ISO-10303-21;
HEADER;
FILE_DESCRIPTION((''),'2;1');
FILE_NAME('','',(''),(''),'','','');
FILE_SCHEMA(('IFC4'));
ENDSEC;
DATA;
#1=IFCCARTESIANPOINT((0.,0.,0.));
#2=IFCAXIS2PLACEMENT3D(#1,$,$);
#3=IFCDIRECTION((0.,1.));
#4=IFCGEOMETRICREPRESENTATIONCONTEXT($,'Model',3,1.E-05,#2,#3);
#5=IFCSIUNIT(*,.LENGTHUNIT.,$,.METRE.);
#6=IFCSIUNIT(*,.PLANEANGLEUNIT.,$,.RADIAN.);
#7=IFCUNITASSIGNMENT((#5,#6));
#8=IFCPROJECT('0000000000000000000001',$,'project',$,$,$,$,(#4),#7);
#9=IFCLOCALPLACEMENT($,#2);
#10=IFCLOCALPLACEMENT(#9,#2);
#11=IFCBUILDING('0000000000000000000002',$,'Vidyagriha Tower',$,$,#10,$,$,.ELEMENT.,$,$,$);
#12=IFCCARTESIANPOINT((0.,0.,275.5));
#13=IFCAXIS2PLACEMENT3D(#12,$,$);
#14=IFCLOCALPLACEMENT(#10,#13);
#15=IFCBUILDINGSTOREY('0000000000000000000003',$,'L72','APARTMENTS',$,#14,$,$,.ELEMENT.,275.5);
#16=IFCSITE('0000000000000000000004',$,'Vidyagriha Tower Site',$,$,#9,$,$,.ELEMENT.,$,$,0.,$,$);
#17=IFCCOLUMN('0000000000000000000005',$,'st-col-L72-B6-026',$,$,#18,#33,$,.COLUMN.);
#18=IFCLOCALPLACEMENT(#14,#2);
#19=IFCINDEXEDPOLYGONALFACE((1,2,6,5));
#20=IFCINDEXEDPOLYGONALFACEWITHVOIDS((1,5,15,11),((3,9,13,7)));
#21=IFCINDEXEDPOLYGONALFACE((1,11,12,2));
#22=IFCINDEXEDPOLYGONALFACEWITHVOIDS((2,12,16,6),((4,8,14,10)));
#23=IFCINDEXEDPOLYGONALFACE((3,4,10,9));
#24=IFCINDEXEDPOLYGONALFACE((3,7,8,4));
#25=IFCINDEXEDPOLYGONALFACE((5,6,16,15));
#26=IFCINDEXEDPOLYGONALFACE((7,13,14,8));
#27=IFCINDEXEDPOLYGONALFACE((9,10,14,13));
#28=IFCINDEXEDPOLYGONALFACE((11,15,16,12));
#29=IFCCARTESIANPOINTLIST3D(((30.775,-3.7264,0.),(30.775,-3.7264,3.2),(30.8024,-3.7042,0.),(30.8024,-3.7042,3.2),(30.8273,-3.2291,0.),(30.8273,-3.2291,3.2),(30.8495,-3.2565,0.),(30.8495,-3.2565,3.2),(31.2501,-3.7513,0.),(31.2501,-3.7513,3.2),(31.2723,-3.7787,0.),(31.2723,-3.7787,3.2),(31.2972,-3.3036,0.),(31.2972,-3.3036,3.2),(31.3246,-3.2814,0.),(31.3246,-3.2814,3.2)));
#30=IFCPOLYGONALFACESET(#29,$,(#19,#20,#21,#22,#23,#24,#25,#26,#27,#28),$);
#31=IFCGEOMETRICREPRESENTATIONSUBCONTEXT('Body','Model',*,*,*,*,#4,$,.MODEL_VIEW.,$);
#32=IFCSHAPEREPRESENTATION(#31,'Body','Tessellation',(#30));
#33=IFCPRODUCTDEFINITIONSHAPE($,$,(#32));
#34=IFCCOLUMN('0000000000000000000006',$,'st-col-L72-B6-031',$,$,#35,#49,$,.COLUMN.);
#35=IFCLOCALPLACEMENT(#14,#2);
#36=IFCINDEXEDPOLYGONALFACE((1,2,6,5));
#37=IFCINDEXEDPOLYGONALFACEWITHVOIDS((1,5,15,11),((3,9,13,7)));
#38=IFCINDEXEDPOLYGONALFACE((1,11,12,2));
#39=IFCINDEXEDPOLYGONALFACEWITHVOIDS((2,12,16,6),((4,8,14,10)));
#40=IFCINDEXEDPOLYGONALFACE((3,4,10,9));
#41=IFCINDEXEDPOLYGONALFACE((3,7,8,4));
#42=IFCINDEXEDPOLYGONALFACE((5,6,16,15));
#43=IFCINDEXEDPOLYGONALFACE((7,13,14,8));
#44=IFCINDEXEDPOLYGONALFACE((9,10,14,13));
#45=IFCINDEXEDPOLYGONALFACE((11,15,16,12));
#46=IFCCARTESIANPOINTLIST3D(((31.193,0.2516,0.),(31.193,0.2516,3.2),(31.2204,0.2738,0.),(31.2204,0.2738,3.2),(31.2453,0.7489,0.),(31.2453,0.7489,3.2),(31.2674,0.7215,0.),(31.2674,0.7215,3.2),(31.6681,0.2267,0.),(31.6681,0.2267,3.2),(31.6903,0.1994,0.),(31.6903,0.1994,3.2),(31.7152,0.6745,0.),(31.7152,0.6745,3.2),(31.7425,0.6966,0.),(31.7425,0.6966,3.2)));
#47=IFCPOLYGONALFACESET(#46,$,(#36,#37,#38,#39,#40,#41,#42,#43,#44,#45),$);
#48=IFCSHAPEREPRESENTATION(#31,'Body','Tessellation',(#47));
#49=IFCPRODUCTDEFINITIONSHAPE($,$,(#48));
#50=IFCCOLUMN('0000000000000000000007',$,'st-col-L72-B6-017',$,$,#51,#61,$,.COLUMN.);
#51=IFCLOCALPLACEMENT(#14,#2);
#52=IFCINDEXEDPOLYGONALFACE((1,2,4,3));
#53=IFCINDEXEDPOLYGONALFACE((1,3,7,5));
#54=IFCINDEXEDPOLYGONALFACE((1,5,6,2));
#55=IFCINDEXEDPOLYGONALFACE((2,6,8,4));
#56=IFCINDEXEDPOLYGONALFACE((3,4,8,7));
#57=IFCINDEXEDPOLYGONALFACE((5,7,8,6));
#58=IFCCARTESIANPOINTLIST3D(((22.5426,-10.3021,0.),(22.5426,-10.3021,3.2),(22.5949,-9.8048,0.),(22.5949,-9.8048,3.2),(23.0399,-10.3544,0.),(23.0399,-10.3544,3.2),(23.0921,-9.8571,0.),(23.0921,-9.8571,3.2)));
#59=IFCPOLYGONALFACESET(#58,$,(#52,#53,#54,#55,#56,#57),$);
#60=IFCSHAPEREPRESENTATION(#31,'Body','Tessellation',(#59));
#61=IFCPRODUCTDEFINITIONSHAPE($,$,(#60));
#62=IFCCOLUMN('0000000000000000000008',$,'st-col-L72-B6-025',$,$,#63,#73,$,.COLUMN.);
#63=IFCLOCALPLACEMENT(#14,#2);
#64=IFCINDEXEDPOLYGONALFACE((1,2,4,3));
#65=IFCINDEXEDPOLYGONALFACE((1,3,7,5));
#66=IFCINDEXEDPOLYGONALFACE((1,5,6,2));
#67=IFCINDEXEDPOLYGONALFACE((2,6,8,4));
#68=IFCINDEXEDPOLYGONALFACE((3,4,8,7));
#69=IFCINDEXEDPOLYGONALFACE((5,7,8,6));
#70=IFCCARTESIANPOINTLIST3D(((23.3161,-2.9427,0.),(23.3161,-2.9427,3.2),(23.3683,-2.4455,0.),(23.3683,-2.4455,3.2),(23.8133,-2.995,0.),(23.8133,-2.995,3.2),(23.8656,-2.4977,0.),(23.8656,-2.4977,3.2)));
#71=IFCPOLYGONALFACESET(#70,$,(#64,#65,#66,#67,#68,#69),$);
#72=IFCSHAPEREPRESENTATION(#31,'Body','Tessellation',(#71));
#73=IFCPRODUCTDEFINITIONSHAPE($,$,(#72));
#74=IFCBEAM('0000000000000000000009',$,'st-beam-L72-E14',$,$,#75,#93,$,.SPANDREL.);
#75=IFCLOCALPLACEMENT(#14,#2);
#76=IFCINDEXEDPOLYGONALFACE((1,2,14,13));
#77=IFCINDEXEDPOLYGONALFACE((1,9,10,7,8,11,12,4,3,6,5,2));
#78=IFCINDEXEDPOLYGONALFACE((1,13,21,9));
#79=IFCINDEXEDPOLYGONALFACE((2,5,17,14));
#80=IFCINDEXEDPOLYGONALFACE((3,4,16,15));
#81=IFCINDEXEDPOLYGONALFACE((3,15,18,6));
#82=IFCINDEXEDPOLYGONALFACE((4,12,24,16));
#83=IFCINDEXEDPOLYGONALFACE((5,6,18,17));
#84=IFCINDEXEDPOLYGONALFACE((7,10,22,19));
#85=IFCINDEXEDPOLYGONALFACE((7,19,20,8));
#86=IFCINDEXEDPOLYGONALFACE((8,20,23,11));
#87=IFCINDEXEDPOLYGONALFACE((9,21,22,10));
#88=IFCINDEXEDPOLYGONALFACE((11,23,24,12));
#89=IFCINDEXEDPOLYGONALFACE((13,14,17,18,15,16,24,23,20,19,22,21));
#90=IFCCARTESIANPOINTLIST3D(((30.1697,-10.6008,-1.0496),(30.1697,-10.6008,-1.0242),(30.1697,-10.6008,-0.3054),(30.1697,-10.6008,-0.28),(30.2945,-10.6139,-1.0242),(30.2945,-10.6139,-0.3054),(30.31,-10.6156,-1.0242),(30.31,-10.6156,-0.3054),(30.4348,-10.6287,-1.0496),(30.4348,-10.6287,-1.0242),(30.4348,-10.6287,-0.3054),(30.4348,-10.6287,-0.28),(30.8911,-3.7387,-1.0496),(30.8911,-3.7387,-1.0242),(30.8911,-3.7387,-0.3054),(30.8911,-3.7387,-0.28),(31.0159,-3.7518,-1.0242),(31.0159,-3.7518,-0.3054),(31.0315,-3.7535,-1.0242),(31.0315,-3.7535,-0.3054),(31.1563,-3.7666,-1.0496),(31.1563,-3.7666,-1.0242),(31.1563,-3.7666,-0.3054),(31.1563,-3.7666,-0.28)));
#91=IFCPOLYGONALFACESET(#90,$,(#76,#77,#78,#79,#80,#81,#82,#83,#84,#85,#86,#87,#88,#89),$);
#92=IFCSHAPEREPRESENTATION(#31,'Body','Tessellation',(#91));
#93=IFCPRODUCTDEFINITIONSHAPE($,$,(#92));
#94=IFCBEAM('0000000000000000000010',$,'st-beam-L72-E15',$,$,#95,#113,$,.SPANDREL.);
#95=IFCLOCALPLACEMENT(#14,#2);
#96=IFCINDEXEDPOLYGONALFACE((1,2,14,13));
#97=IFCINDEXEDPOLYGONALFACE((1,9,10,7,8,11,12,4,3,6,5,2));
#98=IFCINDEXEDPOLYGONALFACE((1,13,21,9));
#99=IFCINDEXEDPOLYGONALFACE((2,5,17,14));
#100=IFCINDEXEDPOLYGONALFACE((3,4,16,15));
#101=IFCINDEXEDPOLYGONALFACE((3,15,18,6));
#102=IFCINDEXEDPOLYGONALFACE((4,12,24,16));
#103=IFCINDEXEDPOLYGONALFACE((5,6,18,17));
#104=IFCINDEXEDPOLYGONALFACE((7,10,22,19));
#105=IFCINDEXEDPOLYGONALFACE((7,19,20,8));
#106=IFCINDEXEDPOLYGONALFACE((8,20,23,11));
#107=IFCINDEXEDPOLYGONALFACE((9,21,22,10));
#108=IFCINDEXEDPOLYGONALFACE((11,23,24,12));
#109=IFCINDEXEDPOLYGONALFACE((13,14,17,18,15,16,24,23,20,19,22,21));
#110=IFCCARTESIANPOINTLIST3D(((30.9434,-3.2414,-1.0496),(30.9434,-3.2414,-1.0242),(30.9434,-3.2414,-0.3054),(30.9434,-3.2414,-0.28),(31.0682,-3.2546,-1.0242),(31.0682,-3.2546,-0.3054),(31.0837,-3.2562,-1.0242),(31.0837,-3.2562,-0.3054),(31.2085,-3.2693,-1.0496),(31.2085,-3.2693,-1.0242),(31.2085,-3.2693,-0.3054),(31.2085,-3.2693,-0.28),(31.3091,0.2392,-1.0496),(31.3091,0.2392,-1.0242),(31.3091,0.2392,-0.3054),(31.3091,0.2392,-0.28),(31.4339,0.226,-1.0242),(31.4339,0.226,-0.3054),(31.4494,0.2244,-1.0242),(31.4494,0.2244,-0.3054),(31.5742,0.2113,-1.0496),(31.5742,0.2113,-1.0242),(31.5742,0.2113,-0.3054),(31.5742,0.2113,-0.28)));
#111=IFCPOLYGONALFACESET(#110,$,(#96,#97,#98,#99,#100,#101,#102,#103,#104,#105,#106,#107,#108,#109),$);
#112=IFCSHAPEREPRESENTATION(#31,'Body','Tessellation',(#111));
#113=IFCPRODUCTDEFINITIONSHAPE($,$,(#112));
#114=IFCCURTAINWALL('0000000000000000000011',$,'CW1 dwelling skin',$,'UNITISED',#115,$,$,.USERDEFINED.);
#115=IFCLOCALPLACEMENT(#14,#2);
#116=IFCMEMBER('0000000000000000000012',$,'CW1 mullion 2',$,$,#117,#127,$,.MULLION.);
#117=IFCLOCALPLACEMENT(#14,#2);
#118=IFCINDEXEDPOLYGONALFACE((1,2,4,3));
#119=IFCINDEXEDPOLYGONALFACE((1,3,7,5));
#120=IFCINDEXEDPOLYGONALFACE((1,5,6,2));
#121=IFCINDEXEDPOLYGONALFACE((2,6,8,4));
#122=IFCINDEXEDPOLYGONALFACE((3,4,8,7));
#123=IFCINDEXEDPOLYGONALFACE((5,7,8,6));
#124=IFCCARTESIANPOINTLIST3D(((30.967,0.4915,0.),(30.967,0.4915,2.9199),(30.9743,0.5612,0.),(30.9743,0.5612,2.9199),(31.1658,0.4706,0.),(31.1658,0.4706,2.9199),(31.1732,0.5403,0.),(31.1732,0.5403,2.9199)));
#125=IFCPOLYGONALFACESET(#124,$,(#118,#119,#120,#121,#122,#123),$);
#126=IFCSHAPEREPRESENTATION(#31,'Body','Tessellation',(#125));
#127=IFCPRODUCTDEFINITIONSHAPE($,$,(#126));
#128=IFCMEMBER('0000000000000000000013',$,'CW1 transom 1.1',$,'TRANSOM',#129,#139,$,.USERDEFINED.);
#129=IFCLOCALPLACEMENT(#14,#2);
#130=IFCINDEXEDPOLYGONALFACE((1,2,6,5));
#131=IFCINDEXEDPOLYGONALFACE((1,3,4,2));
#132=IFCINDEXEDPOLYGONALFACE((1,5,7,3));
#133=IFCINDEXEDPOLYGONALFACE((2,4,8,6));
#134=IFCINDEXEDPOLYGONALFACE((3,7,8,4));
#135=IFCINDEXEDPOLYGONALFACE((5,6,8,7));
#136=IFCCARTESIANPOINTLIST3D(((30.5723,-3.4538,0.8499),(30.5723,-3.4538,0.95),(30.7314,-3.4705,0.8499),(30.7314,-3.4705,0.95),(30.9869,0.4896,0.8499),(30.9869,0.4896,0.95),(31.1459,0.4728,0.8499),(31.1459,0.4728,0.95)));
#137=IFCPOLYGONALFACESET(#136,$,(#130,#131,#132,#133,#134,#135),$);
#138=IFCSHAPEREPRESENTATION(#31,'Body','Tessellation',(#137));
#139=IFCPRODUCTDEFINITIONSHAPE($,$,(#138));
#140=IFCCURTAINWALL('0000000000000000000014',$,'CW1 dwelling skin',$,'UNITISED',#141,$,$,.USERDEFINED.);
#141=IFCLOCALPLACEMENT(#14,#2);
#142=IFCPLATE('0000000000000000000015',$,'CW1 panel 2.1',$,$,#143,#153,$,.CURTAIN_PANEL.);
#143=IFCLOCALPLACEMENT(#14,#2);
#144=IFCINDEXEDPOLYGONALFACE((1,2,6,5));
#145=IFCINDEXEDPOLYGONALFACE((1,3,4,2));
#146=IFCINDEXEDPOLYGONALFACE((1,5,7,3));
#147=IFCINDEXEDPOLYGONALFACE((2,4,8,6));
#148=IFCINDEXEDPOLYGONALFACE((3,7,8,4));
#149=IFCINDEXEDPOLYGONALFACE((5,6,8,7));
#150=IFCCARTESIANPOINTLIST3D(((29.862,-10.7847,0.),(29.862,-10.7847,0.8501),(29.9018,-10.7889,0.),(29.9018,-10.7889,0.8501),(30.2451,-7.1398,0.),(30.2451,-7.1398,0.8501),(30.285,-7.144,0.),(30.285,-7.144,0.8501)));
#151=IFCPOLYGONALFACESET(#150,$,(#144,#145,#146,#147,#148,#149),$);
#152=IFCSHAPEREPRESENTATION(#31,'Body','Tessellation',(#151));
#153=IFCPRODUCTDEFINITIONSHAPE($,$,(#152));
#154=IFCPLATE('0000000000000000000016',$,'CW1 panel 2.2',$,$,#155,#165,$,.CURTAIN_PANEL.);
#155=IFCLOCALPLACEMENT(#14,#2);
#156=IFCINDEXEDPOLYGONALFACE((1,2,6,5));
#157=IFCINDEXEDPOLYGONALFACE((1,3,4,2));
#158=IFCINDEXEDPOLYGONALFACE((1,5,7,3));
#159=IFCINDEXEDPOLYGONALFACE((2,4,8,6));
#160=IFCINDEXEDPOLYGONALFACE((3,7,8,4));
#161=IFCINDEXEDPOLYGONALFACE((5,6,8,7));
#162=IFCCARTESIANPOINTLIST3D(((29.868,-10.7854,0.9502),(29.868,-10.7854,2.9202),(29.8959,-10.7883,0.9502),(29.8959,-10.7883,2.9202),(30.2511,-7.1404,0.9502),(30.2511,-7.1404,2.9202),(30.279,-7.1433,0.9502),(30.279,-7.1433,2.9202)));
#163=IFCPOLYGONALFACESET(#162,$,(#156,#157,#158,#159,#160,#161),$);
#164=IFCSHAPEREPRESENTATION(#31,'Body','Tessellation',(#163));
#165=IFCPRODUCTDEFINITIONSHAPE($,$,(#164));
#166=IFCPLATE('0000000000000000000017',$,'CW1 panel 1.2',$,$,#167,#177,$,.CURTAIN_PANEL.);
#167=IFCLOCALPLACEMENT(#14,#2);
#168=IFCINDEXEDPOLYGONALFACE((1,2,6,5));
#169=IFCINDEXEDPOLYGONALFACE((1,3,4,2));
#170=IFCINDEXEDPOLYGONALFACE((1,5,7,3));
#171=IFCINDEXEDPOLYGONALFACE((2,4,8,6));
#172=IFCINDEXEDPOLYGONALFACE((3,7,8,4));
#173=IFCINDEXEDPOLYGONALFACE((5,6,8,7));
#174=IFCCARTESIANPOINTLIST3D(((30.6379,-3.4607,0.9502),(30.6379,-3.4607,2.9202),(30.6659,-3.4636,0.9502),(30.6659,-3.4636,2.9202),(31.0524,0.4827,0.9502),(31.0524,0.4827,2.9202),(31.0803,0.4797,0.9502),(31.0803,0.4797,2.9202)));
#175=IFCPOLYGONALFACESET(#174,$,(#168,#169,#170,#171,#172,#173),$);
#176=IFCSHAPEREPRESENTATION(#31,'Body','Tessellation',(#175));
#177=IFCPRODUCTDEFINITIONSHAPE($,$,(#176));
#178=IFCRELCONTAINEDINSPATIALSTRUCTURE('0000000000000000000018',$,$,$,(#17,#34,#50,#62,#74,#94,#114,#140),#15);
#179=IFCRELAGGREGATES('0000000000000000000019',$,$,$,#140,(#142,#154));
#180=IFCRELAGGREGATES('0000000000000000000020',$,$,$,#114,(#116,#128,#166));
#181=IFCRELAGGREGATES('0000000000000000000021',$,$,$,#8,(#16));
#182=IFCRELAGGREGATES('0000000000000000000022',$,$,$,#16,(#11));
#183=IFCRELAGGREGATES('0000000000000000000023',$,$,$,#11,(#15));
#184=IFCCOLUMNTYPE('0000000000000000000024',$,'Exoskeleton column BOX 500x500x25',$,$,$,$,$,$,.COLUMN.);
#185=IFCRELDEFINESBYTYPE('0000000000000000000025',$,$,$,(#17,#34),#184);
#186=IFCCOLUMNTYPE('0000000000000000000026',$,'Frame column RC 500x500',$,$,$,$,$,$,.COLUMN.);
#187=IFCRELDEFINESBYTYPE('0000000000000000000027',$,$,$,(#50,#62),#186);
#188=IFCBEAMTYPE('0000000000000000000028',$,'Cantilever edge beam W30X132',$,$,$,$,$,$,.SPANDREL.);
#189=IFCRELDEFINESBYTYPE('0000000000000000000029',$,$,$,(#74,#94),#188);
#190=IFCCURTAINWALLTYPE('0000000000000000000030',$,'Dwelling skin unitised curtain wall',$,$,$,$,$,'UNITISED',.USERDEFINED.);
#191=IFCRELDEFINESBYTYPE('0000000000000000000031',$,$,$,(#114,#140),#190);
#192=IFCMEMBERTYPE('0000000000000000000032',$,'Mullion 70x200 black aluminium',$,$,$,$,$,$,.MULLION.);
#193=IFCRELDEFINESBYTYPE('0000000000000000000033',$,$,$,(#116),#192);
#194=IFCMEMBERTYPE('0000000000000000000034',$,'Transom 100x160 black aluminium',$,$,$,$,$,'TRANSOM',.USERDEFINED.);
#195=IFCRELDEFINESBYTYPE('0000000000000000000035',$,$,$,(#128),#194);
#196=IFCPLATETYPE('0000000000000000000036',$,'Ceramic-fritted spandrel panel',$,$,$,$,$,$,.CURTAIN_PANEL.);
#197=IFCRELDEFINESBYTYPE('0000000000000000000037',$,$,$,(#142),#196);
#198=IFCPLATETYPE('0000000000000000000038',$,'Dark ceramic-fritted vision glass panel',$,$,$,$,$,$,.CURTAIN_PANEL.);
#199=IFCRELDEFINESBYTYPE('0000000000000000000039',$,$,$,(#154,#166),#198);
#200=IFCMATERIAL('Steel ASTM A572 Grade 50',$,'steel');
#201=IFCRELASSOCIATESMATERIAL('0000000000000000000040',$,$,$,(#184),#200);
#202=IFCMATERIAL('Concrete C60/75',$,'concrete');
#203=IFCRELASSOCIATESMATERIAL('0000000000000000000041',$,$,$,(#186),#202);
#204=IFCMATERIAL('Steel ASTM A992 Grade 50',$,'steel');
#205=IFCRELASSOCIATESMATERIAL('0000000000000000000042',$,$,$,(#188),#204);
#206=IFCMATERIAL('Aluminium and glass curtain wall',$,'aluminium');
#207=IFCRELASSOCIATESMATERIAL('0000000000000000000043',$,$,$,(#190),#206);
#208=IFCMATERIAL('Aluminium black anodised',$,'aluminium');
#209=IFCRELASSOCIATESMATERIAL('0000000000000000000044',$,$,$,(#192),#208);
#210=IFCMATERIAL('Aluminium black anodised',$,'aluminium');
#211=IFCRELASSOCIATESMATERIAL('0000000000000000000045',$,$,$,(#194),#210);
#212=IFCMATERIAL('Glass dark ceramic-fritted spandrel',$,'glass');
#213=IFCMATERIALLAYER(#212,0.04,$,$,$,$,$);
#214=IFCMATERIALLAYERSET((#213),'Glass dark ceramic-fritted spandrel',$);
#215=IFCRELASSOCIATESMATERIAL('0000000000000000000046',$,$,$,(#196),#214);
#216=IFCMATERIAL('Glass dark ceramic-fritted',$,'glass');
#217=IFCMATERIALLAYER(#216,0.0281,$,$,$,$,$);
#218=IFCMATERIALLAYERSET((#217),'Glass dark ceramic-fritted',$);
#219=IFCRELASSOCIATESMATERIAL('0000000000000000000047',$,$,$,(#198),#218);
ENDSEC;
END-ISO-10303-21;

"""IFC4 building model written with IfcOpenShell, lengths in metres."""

from ifc_helpers import new_model, si_unit, direction, frame, origin, origin_2d, place, context, subcontext, project, spatial, rectangle, hollow_rectangle, i_section, extrude, material, layer, layer_set, material_profile, profile_set, type_object, element, aggregate, save


model = new_model("IFC4")

# Units and contexts
model_context = context("Model", 3, precision=1e-05, world=origin(), true_north=direction((0.0, 1.0)))
body_context = subcontext(model_context, "Body", "Model", "MODEL_VIEW")
ifc_project = project(units=[si_unit("LENGTHUNIT", "METRE"), si_unit("PLANEANGLEUNIT", "RADIAN")], contexts=[model_context])

# Site, building, storey
site_placement = place(None, origin())
site = spatial("IfcSite", under=ifc_project, at=site_placement, Name="Vidyagriha Tower Site", CompositionType="ELEMENT", RefElevation=0.0)
building_placement = place(site_placement, origin())
building = spatial("IfcBuilding", under=site, at=building_placement, Name="Vidyagriha Tower", CompositionType="ELEMENT")
storey_placement = place(building_placement, frame((0.0, 0.0, 275.5)))
storey = spatial("IfcBuildingStorey", under=building, at=storey_placement, Name="L72", Description="APARTMENTS", CompositionType="ELEMENT", Elevation=275.5)

# Columns
ifc_material_1 = material(Name="Steel ASTM A572 Grade 50", Category="steel")
ifc_material_profile_1 = material_profile(ifc_material_1, hollow_rectangle(XDim=0.5, YDim=0.5, WallThickness=0.0249, at=origin_2d()), Name="BOX 500x500x25")
ifc_profile_set_1 = profile_set([ifc_material_profile_1], Name="Steel ASTM A572 Grade 50")
column_type_1 = type_object("IfcColumnType", Name="Exoskeleton column BOX 500x500x25", PredefinedType="COLUMN", material=ifc_profile_set_1)
for number, where, z_axis, x_axis, name in (
    (1, (31.0498, -3.5039, 0.0), (0.0, 0.0, 1.0), (0.994522, -0.104528, 0.0), "st-col-L72-B6-026"),
    (2, (31.4678, 0.4741, 0.0), (0.0, 0.0, 1.0), (0.994522, -0.104528, 0.0), "st-col-L72-B6-031"),
):
    element("IfcColumn", number, at=place(storey_placement, frame(where, z_axis=z_axis, x_axis=x_axis)), inside=storey, type_object=column_type_1, Name=name, PredefinedType="COLUMN", context=body_context, shape_type="SweptSolid", body=[
        extrude(hollow_rectangle(XDim=0.5, YDim=0.5, WallThickness=0.0249, at=origin_2d()), origin(), (0.0, 0.0, 1.0), 3.2),
    ])
ifc_material_2 = material(Name="Concrete C60/75", Category="concrete")
ifc_material_profile_2 = material_profile(ifc_material_2, rectangle(XDim=0.5, YDim=0.5, at=origin_2d()), Name="RC 500x500")
ifc_profile_set_2 = profile_set([ifc_material_profile_2], Name="Concrete C60/75")
column_type_2 = type_object("IfcColumnType", Name="Frame column RC 500x500", PredefinedType="COLUMN", material=ifc_profile_set_2)
for number, where, z_axis, x_axis, name in (
    (3, (22.8174, -10.0796, 0.0), (0.0, 0.0, 1.0), (0.994522, -0.104528, 0.0), "st-col-L72-B6-017"),
    (4, (23.5908, -2.7202, 0.0), (0.0, 0.0, 1.0), (0.994522, -0.104528, 0.0), "st-col-L72-B6-025"),
):
    element("IfcColumn", number, at=place(storey_placement, frame(where, z_axis=z_axis, x_axis=x_axis)), inside=storey, type_object=column_type_2, Name=name, PredefinedType="COLUMN", context=body_context, shape_type="SweptSolid", body=[
        extrude(rectangle(XDim=0.5, YDim=0.5, at=origin_2d()), origin(), (0.0, 0.0, 1.0), 3.2),
    ])

# Beams
ifc_material_3 = material(Name="Steel ASTM A992 Grade 50", Category="steel")
ifc_material_profile_3 = material_profile(ifc_material_3, i_section(OverallWidth=0.2666, OverallDepth=0.7695, WebThickness=0.0156, FlangeThickness=0.0254, at=origin_2d()), Name="W30X132")
ifc_profile_set_3 = profile_set([ifc_material_profile_3], Name="Steel ASTM A992 Grade 50")
beam_type = type_object("IfcBeamType", Name="Cantilever edge beam W30X132", PredefinedType="SPANDREL", material=ifc_profile_set_3)
beam_1_placement = place(storey_placement, frame((30.3022, -10.6147, -0.6648), z_axis=(0.104558, 0.994519, 0.0), x_axis=(-0.994519, 0.104558, 0.0)))
element("IfcBeam", 5, at=beam_1_placement, inside=storey, type_object=beam_type, Name="st-beam-L72-E14", PredefinedType="SPANDREL", context=body_context, shape_type="SweptSolid", body=[
    extrude(i_section(OverallWidth=0.2666, OverallDepth=0.7695, WebThickness=0.0156, FlangeThickness=0.0254, at=origin_2d()), origin(), (0.0, 0.0, 1.0), 6.8999),
])
beam_2_placement = place(storey_placement, frame((31.0759, -3.2554, -0.6648), z_axis=(0.104496, 0.994525, 0.0), x_axis=(-0.994525, 0.104496, 0.0)))
element("IfcBeam", 6, at=beam_2_placement, inside=storey, type_object=beam_type, Name="st-beam-L72-E15", PredefinedType="SPANDREL", context=body_context, shape_type="SweptSolid", body=[
    extrude(i_section(OverallWidth=0.2666, OverallDepth=0.7695, WebThickness=0.0156, FlangeThickness=0.0254, at=origin_2d()), origin(), (0.0, 0.0, 1.0), 3.4998),
])

# Curtain wall, members
ifc_material_4 = material(Name="Aluminium and glass curtain wall", Category="aluminium")
curtain_wall_type = type_object("IfcCurtainWallType", Name="Dwelling skin unitised curtain wall", ElementType="UNITISED", PredefinedType="USERDEFINED", material=ifc_material_4)
curtain_wall_1_placement = place(storey_placement, origin())
curtain_wall_1 = element("IfcCurtainWall", 7, at=curtain_wall_1_placement, inside=storey, type_object=curtain_wall_type, Name="CW1 dwelling skin", ObjectType="UNITISED", PredefinedType="USERDEFINED")
ifc_material_5 = material(Name="Aluminium black anodised", Category="aluminium")
ifc_material_profile_4 = material_profile(ifc_material_5, rectangle(XDim=0.2, YDim=0.0701, at=origin_2d()), Name="Mullion 70x200 black aluminium")
ifc_profile_set_4 = profile_set([ifc_material_profile_4], Name="Aluminium black anodised")
member_type_1 = type_object("IfcMemberType", Name="Mullion 70x200 black aluminium", PredefinedType="MULLION", material=ifc_profile_set_4)
member_1_placement = place(storey_placement, frame((31.0701, 0.5159, 0.0), z_axis=(0.0, 0.0, 1.0), x_axis=(-0.994522, 0.10453, 0.0)))
member_1 = element("IfcMember", 8, at=member_1_placement, type_object=member_type_1, Name="CW1 mullion 2", PredefinedType="MULLION", context=body_context, shape_type="SweptSolid", body=[
    extrude(rectangle(XDim=0.2, YDim=0.0701, at=origin_2d()), origin(), (0.0, 0.0, 1.0), 2.9199),
])
ifc_material_6 = material(Name="Aluminium black anodised", Category="aluminium")
ifc_material_profile_5 = material_profile(ifc_material_6, rectangle(XDim=0.1599, YDim=0.1001, at=origin_2d()), Name="Transom 100x160 black aluminium")
ifc_profile_set_5 = profile_set([ifc_material_profile_5], Name="Aluminium black anodised")
member_type_2 = type_object("IfcMemberType", Name="Transom 100x160 black aluminium", ElementType="TRANSOM", PredefinedType="USERDEFINED", material=ifc_profile_set_5)
member_2_placement = place(storey_placement, frame((30.6519, -3.4622, 0.8999), z_axis=(0.10455, 0.99452, 0.0), x_axis=(-0.99452, 0.10455, 0.0)))
member_2 = element("IfcMember", 9, at=member_2_placement, type_object=member_type_2, Name="CW1 transom 1.1", ObjectType="TRANSOM", PredefinedType="USERDEFINED", context=body_context, shape_type="SweptSolid", body=[
    extrude(rectangle(XDim=0.1599, YDim=0.1001, at=origin_2d()), origin(), (0.0, 0.0, 1.0), 3.9651),
])

# Curtain wall, plates
curtain_wall_2_placement = place(storey_placement, origin())
curtain_wall_2 = element("IfcCurtainWall", 10, at=curtain_wall_2_placement, inside=storey, type_object=curtain_wall_type, Name="CW1 dwelling skin", ObjectType="UNITISED", PredefinedType="USERDEFINED")
ifc_material_7 = material(Name="Glass dark ceramic-fritted spandrel", Category="glass")
ifc_layer_1 = layer(ifc_material_7, 0.04)
ifc_layer_set_1 = layer_set([ifc_layer_1], Name="Glass dark ceramic-fritted spandrel")
plate_type_1 = type_object("IfcPlateType", Name="Ceramic-fritted spandrel panel", PredefinedType="CURTAIN_PANEL", material=ifc_layer_set_1)
plate_1_placement = place(storey_placement, frame((30.0735, -8.9644, 0.0), z_axis=(0.0, 0.0, 1.0), x_axis=(0.104533, 0.994521, 0.0)))
plate_1 = element("IfcPlate", 11, at=plate_1_placement, type_object=plate_type_1, Name="CW1 panel 2.1", PredefinedType="CURTAIN_PANEL", context=body_context, shape_type="SweptSolid", body=[
    extrude(rectangle(XDim=3.665, YDim=0.04, at=origin_2d()), origin(), (0.0, 0.0, 1.0), 0.8501),
])
ifc_material_8 = material(Name="Glass dark ceramic-fritted", Category="glass")
ifc_layer_2 = layer(ifc_material_8, 0.0281)
ifc_layer_set_2 = layer_set([ifc_layer_2], Name="Glass dark ceramic-fritted")
plate_type_2 = type_object("IfcPlateType", Name="Dark ceramic-fritted vision glass panel", PredefinedType="CURTAIN_PANEL", material=ifc_layer_set_2)
plate_2_placement = place(storey_placement, frame((30.0735, -8.9644, 0.9502), z_axis=(0.0, 0.0, 1.0), x_axis=(0.104533, 0.994521, 0.0)))
plate_2 = element("IfcPlate", 12, at=plate_2_placement, type_object=plate_type_2, Name="CW1 panel 2.2", PredefinedType="CURTAIN_PANEL", context=body_context, shape_type="SweptSolid", body=[
    extrude(rectangle(XDim=3.665, YDim=0.0281, at=origin_2d()), origin(), (0.0, 0.0, 1.0), 1.97),
])
aggregate(curtain_wall_2, [plate_1, plate_2])

# Plate
plate_3_placement = place(storey_placement, frame((30.8591, -1.4905, 0.9502), z_axis=(0.0, 0.0, 1.0), x_axis=(0.10453, 0.994522, 0.0)))
plate_3 = element("IfcPlate", 13, at=plate_3_placement, type_object=plate_type_2, Name="CW1 panel 1.2", PredefinedType="CURTAIN_PANEL", context=body_context, shape_type="SweptSolid", body=[
    extrude(rectangle(XDim=3.9651, YDim=0.0281, at=origin_2d()), origin(), (0.0, 0.0, 1.0), 1.97),
])
aggregate(curtain_wall_1, [member_1, member_2, plate_3])

save(model, "model.ifc")
